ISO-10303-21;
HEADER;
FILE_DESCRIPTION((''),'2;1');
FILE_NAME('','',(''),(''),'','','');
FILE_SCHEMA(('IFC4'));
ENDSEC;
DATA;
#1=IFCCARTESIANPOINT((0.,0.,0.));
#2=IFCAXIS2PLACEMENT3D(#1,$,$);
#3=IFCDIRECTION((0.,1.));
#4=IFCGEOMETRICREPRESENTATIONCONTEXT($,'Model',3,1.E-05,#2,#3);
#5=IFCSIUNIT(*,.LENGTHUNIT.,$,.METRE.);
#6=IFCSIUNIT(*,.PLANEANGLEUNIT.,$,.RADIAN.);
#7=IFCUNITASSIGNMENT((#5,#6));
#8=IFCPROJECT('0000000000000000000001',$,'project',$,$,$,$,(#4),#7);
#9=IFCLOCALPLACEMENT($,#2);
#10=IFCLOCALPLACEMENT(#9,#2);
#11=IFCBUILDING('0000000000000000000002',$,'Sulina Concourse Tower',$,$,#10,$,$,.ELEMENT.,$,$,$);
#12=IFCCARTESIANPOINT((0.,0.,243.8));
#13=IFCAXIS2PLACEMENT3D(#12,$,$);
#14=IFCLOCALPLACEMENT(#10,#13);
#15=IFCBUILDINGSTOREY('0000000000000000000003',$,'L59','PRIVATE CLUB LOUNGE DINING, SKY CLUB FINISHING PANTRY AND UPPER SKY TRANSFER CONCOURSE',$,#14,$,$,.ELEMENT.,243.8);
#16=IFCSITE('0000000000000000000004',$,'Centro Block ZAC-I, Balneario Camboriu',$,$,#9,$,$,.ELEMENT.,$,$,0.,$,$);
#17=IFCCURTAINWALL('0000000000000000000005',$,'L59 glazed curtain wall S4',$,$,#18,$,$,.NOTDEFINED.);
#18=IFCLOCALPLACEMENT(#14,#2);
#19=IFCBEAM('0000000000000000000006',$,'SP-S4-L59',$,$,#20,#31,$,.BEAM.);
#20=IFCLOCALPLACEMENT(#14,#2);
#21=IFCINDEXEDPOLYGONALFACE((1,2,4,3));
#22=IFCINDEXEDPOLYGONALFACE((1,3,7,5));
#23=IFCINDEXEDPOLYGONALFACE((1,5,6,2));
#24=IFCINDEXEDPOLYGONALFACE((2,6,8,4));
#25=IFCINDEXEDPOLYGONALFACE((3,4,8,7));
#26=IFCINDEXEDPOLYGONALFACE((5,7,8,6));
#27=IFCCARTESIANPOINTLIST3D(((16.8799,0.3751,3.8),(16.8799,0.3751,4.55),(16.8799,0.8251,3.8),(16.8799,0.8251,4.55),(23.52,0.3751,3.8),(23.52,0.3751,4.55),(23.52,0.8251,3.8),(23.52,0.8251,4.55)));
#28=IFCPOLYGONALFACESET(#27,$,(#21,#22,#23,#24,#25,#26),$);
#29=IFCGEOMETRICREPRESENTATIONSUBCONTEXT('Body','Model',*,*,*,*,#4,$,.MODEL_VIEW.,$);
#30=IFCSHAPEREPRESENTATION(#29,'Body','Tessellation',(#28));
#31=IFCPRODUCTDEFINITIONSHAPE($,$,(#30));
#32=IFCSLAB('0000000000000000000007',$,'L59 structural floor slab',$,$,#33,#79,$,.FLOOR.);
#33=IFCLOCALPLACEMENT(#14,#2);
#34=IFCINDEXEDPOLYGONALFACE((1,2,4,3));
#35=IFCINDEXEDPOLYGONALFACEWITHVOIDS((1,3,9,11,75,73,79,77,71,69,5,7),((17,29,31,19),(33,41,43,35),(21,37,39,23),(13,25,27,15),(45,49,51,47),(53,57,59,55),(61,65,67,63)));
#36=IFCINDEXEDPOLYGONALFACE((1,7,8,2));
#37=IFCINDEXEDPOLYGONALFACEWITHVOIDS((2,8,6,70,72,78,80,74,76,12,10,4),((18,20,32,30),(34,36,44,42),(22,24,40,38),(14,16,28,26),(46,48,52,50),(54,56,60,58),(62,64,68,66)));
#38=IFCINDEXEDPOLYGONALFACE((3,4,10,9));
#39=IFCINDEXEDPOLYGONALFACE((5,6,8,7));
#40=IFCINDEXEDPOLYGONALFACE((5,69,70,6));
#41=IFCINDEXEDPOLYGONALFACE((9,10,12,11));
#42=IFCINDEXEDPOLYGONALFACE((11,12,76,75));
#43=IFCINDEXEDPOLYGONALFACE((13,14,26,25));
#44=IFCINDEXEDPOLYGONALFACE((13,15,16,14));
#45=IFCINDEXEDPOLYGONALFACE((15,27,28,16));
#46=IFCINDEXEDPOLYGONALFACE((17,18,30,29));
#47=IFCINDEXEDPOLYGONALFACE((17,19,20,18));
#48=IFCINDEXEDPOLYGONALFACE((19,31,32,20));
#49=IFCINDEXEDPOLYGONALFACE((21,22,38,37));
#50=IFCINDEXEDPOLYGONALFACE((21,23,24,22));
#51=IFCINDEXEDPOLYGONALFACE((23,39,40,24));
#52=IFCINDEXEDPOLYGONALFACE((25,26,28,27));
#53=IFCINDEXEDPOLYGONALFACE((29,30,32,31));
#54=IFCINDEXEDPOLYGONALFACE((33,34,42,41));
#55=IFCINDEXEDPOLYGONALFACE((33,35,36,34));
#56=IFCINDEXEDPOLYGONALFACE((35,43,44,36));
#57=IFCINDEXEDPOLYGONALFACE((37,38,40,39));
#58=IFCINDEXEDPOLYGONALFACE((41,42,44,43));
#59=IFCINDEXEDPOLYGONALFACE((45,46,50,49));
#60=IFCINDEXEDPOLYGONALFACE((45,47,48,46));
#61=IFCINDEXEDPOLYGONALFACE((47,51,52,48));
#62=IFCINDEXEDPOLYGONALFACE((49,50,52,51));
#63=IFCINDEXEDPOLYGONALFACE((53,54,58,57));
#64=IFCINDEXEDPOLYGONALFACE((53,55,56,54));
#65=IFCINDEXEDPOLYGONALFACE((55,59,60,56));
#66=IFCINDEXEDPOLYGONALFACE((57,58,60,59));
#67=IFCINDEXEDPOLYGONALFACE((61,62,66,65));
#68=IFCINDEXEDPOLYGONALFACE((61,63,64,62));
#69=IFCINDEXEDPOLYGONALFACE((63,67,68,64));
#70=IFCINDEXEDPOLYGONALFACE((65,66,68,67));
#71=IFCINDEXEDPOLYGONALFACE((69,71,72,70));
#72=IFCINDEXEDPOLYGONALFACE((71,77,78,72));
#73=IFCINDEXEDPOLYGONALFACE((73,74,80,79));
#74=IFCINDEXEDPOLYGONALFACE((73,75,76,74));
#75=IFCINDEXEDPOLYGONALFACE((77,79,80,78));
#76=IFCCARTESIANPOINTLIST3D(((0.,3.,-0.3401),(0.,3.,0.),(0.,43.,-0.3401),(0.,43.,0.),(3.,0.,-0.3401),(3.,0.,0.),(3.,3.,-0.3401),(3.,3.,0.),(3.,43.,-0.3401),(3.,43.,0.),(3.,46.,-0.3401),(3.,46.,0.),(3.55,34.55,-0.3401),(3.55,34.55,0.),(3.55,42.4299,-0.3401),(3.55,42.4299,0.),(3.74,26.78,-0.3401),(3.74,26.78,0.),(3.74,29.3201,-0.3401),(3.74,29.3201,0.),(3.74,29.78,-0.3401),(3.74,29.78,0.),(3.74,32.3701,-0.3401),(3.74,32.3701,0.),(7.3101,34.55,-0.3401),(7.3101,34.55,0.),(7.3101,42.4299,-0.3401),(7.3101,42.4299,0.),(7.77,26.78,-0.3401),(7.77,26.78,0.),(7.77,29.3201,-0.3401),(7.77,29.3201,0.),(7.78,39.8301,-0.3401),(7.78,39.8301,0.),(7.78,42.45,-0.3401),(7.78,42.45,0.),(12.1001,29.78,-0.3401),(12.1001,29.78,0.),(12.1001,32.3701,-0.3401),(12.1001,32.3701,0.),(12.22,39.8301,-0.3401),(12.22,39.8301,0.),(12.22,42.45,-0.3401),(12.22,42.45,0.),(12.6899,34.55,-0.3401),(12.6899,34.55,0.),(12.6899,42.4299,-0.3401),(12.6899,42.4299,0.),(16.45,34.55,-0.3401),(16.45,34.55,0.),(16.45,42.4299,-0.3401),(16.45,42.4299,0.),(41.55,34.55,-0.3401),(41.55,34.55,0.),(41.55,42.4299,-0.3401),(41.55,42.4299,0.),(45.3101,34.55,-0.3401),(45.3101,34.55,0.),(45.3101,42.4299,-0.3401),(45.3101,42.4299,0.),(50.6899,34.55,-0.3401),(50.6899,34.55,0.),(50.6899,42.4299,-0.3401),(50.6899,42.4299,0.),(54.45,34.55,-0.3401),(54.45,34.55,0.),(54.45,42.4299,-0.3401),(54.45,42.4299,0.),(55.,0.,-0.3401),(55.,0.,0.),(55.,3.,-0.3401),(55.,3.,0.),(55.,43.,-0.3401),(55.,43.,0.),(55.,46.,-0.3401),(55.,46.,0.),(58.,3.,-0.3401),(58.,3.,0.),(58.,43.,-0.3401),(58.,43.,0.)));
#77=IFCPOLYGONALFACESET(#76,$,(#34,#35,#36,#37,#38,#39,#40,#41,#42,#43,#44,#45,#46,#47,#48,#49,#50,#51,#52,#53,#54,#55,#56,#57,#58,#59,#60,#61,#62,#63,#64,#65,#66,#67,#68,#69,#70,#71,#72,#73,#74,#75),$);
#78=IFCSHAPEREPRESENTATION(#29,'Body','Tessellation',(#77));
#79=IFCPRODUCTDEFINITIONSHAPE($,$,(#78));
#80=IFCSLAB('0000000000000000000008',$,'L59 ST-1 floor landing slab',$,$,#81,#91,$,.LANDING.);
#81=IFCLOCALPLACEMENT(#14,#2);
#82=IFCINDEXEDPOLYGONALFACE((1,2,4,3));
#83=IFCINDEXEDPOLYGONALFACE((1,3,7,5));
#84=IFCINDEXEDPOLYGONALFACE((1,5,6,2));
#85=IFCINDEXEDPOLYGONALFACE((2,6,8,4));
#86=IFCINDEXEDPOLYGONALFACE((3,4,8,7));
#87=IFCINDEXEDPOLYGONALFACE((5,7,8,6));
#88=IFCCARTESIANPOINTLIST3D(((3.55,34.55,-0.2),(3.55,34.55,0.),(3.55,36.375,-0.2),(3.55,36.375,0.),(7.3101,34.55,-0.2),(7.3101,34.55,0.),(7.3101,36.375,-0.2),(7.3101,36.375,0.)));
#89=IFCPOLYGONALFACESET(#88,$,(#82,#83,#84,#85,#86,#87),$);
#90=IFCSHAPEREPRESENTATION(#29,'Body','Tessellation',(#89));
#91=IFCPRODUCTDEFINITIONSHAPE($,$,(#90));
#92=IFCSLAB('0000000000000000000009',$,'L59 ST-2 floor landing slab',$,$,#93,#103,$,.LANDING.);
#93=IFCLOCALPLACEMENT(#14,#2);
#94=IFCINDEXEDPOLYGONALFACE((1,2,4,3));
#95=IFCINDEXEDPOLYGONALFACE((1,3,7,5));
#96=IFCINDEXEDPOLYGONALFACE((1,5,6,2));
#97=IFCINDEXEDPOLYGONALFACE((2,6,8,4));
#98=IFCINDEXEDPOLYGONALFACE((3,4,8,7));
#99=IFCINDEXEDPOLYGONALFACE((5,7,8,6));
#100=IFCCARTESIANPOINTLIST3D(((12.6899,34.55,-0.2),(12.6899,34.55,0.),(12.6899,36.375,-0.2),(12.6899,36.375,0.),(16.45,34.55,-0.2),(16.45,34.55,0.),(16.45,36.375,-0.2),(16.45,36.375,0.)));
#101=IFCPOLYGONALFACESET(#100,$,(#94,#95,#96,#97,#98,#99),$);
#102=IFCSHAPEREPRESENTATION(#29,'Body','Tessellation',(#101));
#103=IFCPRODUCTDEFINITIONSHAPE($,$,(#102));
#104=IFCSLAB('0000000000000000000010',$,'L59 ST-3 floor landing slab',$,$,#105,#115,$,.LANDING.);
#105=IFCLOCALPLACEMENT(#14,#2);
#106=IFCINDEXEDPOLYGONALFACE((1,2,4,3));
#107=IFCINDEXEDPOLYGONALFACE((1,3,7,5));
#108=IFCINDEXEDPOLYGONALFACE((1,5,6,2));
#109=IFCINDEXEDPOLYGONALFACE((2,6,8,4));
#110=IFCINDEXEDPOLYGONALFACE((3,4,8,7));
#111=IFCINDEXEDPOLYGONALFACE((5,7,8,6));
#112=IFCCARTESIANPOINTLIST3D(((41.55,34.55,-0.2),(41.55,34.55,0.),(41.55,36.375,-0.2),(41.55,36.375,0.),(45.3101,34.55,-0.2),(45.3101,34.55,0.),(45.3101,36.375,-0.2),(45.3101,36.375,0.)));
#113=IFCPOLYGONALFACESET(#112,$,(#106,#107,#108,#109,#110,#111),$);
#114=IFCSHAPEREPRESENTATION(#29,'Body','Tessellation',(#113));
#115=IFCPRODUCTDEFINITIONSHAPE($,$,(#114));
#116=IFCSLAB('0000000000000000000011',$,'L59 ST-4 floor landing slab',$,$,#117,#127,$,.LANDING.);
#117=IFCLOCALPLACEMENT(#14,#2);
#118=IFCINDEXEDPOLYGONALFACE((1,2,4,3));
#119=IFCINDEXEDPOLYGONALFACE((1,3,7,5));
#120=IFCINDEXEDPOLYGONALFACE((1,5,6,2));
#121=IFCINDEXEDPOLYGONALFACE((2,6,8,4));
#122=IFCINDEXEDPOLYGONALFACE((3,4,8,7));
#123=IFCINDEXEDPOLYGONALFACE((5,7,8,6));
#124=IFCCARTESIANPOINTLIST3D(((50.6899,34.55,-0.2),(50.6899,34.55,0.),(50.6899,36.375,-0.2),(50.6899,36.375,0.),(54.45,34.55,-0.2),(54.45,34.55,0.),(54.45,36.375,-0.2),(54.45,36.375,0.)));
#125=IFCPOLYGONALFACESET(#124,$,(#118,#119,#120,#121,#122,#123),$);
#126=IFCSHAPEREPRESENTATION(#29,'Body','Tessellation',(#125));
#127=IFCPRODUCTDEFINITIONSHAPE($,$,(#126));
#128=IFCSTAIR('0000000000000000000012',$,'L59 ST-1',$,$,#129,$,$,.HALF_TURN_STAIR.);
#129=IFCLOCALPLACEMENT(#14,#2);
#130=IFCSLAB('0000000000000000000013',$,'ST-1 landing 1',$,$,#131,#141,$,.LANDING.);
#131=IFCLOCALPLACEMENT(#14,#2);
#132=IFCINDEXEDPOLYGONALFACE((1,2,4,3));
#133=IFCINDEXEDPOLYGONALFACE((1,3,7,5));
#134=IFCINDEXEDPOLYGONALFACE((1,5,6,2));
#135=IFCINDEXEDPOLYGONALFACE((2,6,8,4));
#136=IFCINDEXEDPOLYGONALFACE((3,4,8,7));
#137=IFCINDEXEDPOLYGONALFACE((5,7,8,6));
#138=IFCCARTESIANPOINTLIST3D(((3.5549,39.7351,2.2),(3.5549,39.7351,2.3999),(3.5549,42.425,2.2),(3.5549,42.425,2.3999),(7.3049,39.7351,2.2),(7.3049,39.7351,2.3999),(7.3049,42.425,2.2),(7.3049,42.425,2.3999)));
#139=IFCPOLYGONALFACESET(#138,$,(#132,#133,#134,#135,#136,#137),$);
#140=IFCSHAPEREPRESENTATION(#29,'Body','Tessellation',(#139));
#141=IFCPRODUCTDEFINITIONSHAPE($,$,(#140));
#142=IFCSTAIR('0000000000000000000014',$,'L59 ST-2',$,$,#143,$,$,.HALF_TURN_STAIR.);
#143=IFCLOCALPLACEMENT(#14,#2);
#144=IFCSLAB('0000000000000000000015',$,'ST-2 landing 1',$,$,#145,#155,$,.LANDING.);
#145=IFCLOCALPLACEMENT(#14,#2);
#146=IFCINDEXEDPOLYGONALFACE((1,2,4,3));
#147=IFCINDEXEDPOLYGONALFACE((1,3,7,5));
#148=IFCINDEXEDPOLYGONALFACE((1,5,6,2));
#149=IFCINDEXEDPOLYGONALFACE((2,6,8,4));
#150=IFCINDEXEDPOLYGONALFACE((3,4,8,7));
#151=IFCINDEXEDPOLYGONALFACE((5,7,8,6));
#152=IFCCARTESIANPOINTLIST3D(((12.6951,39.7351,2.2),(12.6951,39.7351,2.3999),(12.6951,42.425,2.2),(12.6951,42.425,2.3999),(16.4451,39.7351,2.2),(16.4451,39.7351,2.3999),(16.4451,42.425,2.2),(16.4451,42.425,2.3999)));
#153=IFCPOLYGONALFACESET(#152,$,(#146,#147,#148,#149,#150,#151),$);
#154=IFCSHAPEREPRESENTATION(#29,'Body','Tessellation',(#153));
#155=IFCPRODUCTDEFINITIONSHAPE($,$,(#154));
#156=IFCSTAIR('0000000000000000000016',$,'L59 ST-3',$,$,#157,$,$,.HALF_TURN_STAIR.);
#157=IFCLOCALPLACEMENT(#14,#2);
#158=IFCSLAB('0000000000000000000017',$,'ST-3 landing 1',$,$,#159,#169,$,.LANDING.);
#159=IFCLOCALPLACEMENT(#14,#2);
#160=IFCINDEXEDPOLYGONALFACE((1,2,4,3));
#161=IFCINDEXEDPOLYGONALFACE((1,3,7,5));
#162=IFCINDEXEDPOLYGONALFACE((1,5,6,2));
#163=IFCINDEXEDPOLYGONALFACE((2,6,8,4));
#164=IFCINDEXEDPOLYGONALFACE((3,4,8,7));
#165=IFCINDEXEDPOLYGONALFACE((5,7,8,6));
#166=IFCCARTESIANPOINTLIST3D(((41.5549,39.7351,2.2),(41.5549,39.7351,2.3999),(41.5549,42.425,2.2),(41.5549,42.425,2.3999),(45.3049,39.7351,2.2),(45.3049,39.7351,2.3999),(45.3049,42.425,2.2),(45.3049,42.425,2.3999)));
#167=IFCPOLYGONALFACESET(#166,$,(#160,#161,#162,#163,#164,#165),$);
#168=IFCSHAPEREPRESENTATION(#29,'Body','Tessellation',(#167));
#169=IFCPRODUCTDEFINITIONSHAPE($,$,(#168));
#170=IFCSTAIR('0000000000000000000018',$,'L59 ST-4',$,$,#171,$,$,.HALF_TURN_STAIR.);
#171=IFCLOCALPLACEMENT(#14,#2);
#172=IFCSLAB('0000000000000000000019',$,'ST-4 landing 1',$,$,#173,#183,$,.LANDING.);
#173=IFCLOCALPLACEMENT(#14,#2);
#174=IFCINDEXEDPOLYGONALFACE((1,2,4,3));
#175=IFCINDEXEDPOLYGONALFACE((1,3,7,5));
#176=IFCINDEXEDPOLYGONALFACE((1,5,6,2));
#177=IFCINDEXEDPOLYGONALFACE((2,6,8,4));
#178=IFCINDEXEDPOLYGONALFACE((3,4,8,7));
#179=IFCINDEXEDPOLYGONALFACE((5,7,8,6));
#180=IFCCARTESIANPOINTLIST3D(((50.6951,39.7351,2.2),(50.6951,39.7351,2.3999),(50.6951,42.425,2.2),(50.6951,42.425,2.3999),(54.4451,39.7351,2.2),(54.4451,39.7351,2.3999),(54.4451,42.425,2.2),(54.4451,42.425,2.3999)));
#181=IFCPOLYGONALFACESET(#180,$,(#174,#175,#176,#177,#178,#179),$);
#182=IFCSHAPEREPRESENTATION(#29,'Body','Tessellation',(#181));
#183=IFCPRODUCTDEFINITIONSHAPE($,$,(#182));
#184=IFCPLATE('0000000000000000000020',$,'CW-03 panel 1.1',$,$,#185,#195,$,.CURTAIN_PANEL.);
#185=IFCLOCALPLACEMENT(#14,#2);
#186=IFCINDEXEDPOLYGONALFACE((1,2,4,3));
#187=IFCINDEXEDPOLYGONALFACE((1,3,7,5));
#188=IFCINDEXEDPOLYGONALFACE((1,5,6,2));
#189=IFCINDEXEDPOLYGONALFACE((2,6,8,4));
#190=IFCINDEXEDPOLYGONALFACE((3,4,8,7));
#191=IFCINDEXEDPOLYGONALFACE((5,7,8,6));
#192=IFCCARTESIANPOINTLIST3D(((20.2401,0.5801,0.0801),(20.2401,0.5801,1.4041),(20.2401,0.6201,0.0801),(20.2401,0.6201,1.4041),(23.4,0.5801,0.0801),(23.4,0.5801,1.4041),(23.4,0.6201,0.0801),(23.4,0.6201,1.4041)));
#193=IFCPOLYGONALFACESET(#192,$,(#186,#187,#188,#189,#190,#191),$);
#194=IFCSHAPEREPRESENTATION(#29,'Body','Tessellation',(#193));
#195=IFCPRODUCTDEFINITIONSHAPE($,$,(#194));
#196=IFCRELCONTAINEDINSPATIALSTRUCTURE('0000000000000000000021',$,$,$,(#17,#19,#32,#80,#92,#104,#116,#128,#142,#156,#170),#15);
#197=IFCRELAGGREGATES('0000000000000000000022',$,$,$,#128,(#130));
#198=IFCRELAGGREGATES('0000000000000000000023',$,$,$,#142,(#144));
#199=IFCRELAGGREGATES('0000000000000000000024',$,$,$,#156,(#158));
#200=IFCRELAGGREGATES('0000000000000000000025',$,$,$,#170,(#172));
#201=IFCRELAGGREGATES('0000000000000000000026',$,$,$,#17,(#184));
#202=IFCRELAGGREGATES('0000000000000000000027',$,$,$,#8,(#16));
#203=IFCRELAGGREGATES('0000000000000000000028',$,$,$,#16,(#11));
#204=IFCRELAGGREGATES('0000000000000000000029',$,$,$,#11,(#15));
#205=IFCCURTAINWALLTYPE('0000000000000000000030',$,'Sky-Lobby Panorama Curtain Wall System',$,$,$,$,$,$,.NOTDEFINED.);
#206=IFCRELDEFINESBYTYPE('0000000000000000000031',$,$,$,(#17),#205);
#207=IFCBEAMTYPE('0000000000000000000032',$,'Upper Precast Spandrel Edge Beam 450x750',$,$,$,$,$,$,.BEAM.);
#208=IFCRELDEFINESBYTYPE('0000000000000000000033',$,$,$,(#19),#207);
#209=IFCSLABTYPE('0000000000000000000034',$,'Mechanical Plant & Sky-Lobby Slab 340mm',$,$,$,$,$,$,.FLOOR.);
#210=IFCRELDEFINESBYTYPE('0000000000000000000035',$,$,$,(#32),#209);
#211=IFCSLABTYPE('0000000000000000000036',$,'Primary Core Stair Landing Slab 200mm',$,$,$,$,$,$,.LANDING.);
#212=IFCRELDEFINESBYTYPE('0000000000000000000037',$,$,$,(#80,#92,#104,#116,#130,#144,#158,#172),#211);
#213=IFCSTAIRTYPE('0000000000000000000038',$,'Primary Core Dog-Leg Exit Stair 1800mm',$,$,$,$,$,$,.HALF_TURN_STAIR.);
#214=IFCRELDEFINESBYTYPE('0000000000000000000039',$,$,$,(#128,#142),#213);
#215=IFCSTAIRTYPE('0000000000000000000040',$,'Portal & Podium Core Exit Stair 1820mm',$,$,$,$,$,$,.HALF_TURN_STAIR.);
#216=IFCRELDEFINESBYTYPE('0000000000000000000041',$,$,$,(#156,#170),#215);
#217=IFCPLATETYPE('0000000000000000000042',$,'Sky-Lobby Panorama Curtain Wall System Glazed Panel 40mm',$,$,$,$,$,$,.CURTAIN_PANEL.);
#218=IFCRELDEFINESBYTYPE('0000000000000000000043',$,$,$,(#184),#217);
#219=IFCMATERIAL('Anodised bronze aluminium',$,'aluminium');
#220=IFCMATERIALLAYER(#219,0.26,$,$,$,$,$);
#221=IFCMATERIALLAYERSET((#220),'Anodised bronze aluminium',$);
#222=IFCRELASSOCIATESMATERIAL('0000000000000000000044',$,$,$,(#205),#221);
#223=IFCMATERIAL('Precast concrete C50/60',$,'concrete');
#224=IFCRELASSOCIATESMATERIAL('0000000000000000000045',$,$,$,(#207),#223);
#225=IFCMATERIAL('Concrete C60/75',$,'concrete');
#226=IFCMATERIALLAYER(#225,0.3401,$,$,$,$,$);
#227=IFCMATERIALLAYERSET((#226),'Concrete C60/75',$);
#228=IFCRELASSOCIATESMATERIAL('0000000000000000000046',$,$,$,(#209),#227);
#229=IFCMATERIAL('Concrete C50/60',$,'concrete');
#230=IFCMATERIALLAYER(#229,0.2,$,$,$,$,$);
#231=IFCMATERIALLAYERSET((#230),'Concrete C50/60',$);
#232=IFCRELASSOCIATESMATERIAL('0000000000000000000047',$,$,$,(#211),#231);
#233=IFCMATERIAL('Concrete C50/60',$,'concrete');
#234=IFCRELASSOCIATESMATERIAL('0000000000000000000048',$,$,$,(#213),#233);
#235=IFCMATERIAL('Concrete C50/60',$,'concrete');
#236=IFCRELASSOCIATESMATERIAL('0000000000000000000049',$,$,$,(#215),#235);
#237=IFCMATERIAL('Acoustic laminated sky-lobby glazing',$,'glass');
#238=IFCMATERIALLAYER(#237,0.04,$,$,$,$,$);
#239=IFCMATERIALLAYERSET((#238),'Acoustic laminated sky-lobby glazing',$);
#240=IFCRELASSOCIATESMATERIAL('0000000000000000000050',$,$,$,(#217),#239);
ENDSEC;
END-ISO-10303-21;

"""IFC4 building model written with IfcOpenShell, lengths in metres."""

from ifc_helpers import new_model, si_unit, direction, frame, origin, origin_2d, place, context, subcontext, project, spatial, polyline, rectangle, outline, extrude, material, layer, layer_set, material_profile, profile_set, type_object, element, aggregate, save


model = new_model("IFC4")

# Units and contexts
model_context = context("Model", 3, precision=1e-05, world=origin(), true_north=direction((0.0, 1.0)))
body_context = subcontext(model_context, "Body", "Model", "MODEL_VIEW")
ifc_project = project(units=[si_unit("LENGTHUNIT", "METRE"), si_unit("PLANEANGLEUNIT", "RADIAN")], contexts=[model_context])

# Site, building, storey
site_placement = place(None, origin())
site = spatial("IfcSite", under=ifc_project, at=site_placement, Name="Centro Block ZAC-I, Balneario Camboriu", CompositionType="ELEMENT", RefElevation=0.0)
building_placement = place(site_placement, origin())
building = spatial("IfcBuilding", under=site, at=building_placement, Name="Sulina Concourse Tower", CompositionType="ELEMENT")
storey_placement = place(building_placement, frame((0.0, 0.0, 243.8)))
storey = spatial("IfcBuildingStorey", under=building, at=storey_placement, Name="L59", Description="PRIVATE CLUB LOUNGE DINING, SKY CLUB FINISHING PANTRY AND UPPER SKY TRANSFER CONCOURSE", CompositionType="ELEMENT", Elevation=243.8)

# Curtain wall
ifc_material_1 = material(Name="Anodised bronze aluminium", Category="aluminium")
ifc_layer_1 = layer(ifc_material_1, 0.26)
ifc_layer_set_1 = layer_set([ifc_layer_1], Name="Anodised bronze aluminium")
curtain_wall_type = type_object("IfcCurtainWallType", Name="Sky-Lobby Panorama Curtain Wall System", PredefinedType="NOTDEFINED", material=ifc_layer_set_1)
curtain_wall_placement = place(storey_placement, origin())
curtain_wall = element("IfcCurtainWall", 1, at=curtain_wall_placement, inside=storey, type_object=curtain_wall_type, Name="L59 glazed curtain wall S4", PredefinedType="NOTDEFINED")

# Beam
ifc_material_2 = material(Name="Precast concrete C50/60", Category="concrete")
ifc_material_profile_1 = material_profile(ifc_material_2, rectangle(XDim=0.45, YDim=0.75, at=origin_2d()), Name="RC 450x750")
ifc_profile_set_1 = profile_set([ifc_material_profile_1], Name="Precast concrete C50/60")
beam_type_1 = type_object("IfcBeamType", Name="Upper Precast Spandrel Edge Beam 450x750", PredefinedType="BEAM", material=ifc_profile_set_1)
beam_1_placement = place(storey_placement, frame((16.8799, 0.6001, 4.175), z_axis=(1.0, 0.0, 0.0), x_axis=(0.0, 1.0, 0.0)))
element("IfcBeam", 2, at=beam_1_placement, inside=storey, type_object=beam_type_1, Name="SP-S4-L59", PredefinedType="BEAM", context=body_context, shape_type="SweptSolid", body=[
    extrude(rectangle(XDim=0.45, YDim=0.75, at=origin_2d()), origin(), (0.0, 0.0, 1.0), 6.6401),
])

# Slabs
ifc_material_3 = material(Name="Concrete C60/75", Category="concrete")
ifc_layer_2 = layer(ifc_material_3, 0.3401)
ifc_layer_set_2 = layer_set([ifc_layer_2], Name="Concrete C60/75")
slab_type_1 = type_object("IfcSlabType", Name="Mechanical Plant & Sky-Lobby Slab 340mm", PredefinedType="FLOOR", material=ifc_layer_set_2)
slab_1_placement = place(storey_placement, frame((0.0, 0.0, -0.3401)))
element("IfcSlab", 3, at=slab_1_placement, inside=storey, type_object=slab_type_1, Name="L59 structural floor slab", PredefinedType="FLOOR", context=body_context, shape_type="SweptSolid", body=[
    extrude(outline(polyline([(3.0, 0.0), (55.0, 0.0), (55.0, 3.0), (58.0, 3.0), (58.0, 43.0), (55.0, 43.0), (55.0, 46.0), (3.0, 46.0), (3.0, 43.0), (0.0, 43.0), (0.0, 3.0), (3.0, 3.0), (3.0, 0.0)]), holes=[polyline([(7.3101, 34.55), (7.3101, 42.4299), (3.55, 42.4299), (3.55, 34.55), (7.3101, 34.55)]), polyline([(16.45, 34.55), (16.45, 42.4299), (12.6899, 42.4299), (12.6899, 34.55), (16.45, 34.55)]), polyline([(45.3101, 34.55), (45.3101, 42.4299), (41.55, 42.4299), (41.55, 34.55), (45.3101, 34.55)]), polyline([(54.45, 34.55), (54.45, 42.4299), (50.6899, 42.4299), (50.6899, 34.55), (54.45, 34.55)]), polyline([(7.78, 39.8301), (12.22, 39.8301), (12.22, 42.45), (7.78, 42.45), (7.78, 39.8301)]), polyline([(3.74, 26.78), (7.77, 26.78), (7.77, 29.3201), (3.74, 29.3201), (3.74, 26.78)]), polyline([(3.74, 29.78), (12.1001, 29.78), (12.1001, 32.3701), (3.74, 32.3701), (3.74, 29.78)])]), origin(), (0.0, 0.0, 1.0), 0.3401),
])
ifc_material_4 = material(Name="Concrete C50/60", Category="concrete")
ifc_layer_3 = layer(ifc_material_4, 0.2)
ifc_layer_set_3 = layer_set([ifc_layer_3], Name="Concrete C50/60")
slab_type_2 = type_object("IfcSlabType", Name="Primary Core Stair Landing Slab 200mm", PredefinedType="LANDING", material=ifc_layer_set_3)
slab_2_placement = place(storey_placement, frame((0.0, 0.0, -0.2)))
element("IfcSlab", 4, at=slab_2_placement, inside=storey, type_object=slab_type_2, Name="L59 ST-1 floor landing slab", PredefinedType="LANDING", context=body_context, shape_type="SweptSolid", body=[
    extrude(outline(polyline([(7.3101, 34.55), (7.3101, 36.375), (3.55, 36.375), (3.55, 34.55), (7.3101, 34.55)])), origin(), (0.0, 0.0, 1.0), 0.2),
])
slab_3_placement = place(storey_placement, frame((0.0, 0.0, -0.2)))
element("IfcSlab", 5, at=slab_3_placement, inside=storey, type_object=slab_type_2, Name="L59 ST-2 floor landing slab", PredefinedType="LANDING", context=body_context, shape_type="SweptSolid", body=[
    extrude(outline(polyline([(16.45, 34.55), (16.45, 36.375), (12.6899, 36.375), (12.6899, 34.55), (16.45, 34.55)])), origin(), (0.0, 0.0, 1.0), 0.2),
])
slab_4_placement = place(storey_placement, frame((0.0, 0.0, -0.2)))
element("IfcSlab", 6, at=slab_4_placement, inside=storey, type_object=slab_type_2, Name="L59 ST-3 floor landing slab", PredefinedType="LANDING", context=body_context, shape_type="SweptSolid", body=[
    extrude(outline(polyline([(45.3101, 34.55), (45.3101, 36.375), (41.55, 36.375), (41.55, 34.55), (45.3101, 34.55)])), origin(), (0.0, 0.0, 1.0), 0.2),
])
slab_5_placement = place(storey_placement, frame((0.0, 0.0, -0.2)))
element("IfcSlab", 7, at=slab_5_placement, inside=storey, type_object=slab_type_2, Name="L59 ST-4 floor landing slab", PredefinedType="LANDING", context=body_context, shape_type="SweptSolid", body=[
    extrude(outline(polyline([(54.45, 34.55), (54.45, 36.375), (50.6899, 36.375), (50.6899, 34.55), (54.45, 34.55)])), origin(), (0.0, 0.0, 1.0), 0.2),
])

# Stairs, slabs
ifc_material_5 = material(Name="Concrete C50/60", Category="concrete")
stair_type_1 = type_object("IfcStairType", Name="Primary Core Dog-Leg Exit Stair 1800mm", PredefinedType="HALF_TURN_STAIR", material=ifc_material_5)
stair_1_placement = place(storey_placement, origin())
stair_1 = element("IfcStair", 8, at=stair_1_placement, inside=storey, type_object=stair_type_1, Name="L59 ST-1", PredefinedType="HALF_TURN_STAIR")
slab_6_placement = place(storey_placement, frame((0.0, 0.0, 2.2)))
slab_6 = element("IfcSlab", 9, at=slab_6_placement, type_object=slab_type_2, Name="ST-1 landing 1", PredefinedType="LANDING", context=body_context, shape_type="SweptSolid", body=[
    extrude(outline(polyline([(7.3049, 39.7351), (7.3049, 42.425), (3.5549, 42.425), (3.5549, 39.7351), (7.3049, 39.7351)])), origin(), (0.0, 0.0, 1.0), 0.2),
])
aggregate(stair_1, [slab_6])
stair_2_placement = place(storey_placement, origin())
stair_2 = element("IfcStair", 10, at=stair_2_placement, inside=storey, type_object=stair_type_1, Name="L59 ST-2", PredefinedType="HALF_TURN_STAIR")
slab_7_placement = place(storey_placement, frame((0.0, 0.0, 2.2)))
slab_7 = element("IfcSlab", 11, at=slab_7_placement, type_object=slab_type_2, Name="ST-2 landing 1", PredefinedType="LANDING", context=body_context, shape_type="SweptSolid", body=[
    extrude(outline(polyline([(16.4451, 39.7351), (16.4451, 42.425), (12.6951, 42.425), (12.6951, 39.7351), (16.4451, 39.7351)])), origin(), (0.0, 0.0, 1.0), 0.2),
])
aggregate(stair_2, [slab_7])
ifc_material_6 = material(Name="Concrete C50/60", Category="concrete")
stair_type_2 = type_object("IfcStairType", Name="Portal & Podium Core Exit Stair 1820mm", PredefinedType="HALF_TURN_STAIR", material=ifc_material_6)
stair_3_placement = place(storey_placement, origin())
stair_3 = element("IfcStair", 12, at=stair_3_placement, inside=storey, type_object=stair_type_2, Name="L59 ST-3", PredefinedType="HALF_TURN_STAIR")
slab_8_placement = place(storey_placement, frame((0.0, 0.0, 2.2)))
slab_8 = element("IfcSlab", 13, at=slab_8_placement, type_object=slab_type_2, Name="ST-3 landing 1", PredefinedType="LANDING", context=body_context, shape_type="SweptSolid", body=[
    extrude(outline(polyline([(45.3049, 39.7351), (45.3049, 42.425), (41.5549, 42.425), (41.5549, 39.7351), (45.3049, 39.7351)])), origin(), (0.0, 0.0, 1.0), 0.2),
])
aggregate(stair_3, [slab_8])
stair_4_placement = place(storey_placement, origin())
stair_4 = element("IfcStair", 14, at=stair_4_placement, inside=storey, type_object=stair_type_2, Name="L59 ST-4", PredefinedType="HALF_TURN_STAIR")
slab_9_placement = place(storey_placement, frame((0.0, 0.0, 2.2)))
slab_9 = element("IfcSlab", 15, at=slab_9_placement, type_object=slab_type_2, Name="ST-4 landing 1", PredefinedType="LANDING", context=body_context, shape_type="SweptSolid", body=[
    extrude(outline(polyline([(54.4451, 39.7351), (54.4451, 42.425), (50.6951, 42.425), (50.6951, 39.7351), (54.4451, 39.7351)])), origin(), (0.0, 0.0, 1.0), 0.2),
])
aggregate(stair_4, [slab_9])

# Plate
ifc_material_7 = material(Name="Acoustic laminated sky-lobby glazing", Category="glass")
ifc_layer_4 = layer(ifc_material_7, 0.04)
ifc_layer_set_4 = layer_set([ifc_layer_4], Name="Acoustic laminated sky-lobby glazing")
plate_type = type_object("IfcPlateType", Name="Sky-Lobby Panorama Curtain Wall System Glazed Panel 40mm", PredefinedType="CURTAIN_PANEL", material=ifc_layer_set_4)
plate_1_placement = place(storey_placement, frame((21.8201, 0.6001, 0.0801), z_axis=(0.0, 0.0, 1.0), x_axis=(-1.0, 0.0, 0.0)))
plate_1 = element("IfcPlate", 16, at=plate_1_placement, type_object=plate_type, Name="CW-03 panel 1.1", PredefinedType="CURTAIN_PANEL", context=body_context, shape_type="SweptSolid", body=[
    extrude(rectangle(XDim=3.1599, YDim=0.04, at=origin_2d()), origin(), (0.0, 0.0, 1.0), 1.324),
])
aggregate(curtain_wall, [plate_1])

save(model, "model.ifc")
